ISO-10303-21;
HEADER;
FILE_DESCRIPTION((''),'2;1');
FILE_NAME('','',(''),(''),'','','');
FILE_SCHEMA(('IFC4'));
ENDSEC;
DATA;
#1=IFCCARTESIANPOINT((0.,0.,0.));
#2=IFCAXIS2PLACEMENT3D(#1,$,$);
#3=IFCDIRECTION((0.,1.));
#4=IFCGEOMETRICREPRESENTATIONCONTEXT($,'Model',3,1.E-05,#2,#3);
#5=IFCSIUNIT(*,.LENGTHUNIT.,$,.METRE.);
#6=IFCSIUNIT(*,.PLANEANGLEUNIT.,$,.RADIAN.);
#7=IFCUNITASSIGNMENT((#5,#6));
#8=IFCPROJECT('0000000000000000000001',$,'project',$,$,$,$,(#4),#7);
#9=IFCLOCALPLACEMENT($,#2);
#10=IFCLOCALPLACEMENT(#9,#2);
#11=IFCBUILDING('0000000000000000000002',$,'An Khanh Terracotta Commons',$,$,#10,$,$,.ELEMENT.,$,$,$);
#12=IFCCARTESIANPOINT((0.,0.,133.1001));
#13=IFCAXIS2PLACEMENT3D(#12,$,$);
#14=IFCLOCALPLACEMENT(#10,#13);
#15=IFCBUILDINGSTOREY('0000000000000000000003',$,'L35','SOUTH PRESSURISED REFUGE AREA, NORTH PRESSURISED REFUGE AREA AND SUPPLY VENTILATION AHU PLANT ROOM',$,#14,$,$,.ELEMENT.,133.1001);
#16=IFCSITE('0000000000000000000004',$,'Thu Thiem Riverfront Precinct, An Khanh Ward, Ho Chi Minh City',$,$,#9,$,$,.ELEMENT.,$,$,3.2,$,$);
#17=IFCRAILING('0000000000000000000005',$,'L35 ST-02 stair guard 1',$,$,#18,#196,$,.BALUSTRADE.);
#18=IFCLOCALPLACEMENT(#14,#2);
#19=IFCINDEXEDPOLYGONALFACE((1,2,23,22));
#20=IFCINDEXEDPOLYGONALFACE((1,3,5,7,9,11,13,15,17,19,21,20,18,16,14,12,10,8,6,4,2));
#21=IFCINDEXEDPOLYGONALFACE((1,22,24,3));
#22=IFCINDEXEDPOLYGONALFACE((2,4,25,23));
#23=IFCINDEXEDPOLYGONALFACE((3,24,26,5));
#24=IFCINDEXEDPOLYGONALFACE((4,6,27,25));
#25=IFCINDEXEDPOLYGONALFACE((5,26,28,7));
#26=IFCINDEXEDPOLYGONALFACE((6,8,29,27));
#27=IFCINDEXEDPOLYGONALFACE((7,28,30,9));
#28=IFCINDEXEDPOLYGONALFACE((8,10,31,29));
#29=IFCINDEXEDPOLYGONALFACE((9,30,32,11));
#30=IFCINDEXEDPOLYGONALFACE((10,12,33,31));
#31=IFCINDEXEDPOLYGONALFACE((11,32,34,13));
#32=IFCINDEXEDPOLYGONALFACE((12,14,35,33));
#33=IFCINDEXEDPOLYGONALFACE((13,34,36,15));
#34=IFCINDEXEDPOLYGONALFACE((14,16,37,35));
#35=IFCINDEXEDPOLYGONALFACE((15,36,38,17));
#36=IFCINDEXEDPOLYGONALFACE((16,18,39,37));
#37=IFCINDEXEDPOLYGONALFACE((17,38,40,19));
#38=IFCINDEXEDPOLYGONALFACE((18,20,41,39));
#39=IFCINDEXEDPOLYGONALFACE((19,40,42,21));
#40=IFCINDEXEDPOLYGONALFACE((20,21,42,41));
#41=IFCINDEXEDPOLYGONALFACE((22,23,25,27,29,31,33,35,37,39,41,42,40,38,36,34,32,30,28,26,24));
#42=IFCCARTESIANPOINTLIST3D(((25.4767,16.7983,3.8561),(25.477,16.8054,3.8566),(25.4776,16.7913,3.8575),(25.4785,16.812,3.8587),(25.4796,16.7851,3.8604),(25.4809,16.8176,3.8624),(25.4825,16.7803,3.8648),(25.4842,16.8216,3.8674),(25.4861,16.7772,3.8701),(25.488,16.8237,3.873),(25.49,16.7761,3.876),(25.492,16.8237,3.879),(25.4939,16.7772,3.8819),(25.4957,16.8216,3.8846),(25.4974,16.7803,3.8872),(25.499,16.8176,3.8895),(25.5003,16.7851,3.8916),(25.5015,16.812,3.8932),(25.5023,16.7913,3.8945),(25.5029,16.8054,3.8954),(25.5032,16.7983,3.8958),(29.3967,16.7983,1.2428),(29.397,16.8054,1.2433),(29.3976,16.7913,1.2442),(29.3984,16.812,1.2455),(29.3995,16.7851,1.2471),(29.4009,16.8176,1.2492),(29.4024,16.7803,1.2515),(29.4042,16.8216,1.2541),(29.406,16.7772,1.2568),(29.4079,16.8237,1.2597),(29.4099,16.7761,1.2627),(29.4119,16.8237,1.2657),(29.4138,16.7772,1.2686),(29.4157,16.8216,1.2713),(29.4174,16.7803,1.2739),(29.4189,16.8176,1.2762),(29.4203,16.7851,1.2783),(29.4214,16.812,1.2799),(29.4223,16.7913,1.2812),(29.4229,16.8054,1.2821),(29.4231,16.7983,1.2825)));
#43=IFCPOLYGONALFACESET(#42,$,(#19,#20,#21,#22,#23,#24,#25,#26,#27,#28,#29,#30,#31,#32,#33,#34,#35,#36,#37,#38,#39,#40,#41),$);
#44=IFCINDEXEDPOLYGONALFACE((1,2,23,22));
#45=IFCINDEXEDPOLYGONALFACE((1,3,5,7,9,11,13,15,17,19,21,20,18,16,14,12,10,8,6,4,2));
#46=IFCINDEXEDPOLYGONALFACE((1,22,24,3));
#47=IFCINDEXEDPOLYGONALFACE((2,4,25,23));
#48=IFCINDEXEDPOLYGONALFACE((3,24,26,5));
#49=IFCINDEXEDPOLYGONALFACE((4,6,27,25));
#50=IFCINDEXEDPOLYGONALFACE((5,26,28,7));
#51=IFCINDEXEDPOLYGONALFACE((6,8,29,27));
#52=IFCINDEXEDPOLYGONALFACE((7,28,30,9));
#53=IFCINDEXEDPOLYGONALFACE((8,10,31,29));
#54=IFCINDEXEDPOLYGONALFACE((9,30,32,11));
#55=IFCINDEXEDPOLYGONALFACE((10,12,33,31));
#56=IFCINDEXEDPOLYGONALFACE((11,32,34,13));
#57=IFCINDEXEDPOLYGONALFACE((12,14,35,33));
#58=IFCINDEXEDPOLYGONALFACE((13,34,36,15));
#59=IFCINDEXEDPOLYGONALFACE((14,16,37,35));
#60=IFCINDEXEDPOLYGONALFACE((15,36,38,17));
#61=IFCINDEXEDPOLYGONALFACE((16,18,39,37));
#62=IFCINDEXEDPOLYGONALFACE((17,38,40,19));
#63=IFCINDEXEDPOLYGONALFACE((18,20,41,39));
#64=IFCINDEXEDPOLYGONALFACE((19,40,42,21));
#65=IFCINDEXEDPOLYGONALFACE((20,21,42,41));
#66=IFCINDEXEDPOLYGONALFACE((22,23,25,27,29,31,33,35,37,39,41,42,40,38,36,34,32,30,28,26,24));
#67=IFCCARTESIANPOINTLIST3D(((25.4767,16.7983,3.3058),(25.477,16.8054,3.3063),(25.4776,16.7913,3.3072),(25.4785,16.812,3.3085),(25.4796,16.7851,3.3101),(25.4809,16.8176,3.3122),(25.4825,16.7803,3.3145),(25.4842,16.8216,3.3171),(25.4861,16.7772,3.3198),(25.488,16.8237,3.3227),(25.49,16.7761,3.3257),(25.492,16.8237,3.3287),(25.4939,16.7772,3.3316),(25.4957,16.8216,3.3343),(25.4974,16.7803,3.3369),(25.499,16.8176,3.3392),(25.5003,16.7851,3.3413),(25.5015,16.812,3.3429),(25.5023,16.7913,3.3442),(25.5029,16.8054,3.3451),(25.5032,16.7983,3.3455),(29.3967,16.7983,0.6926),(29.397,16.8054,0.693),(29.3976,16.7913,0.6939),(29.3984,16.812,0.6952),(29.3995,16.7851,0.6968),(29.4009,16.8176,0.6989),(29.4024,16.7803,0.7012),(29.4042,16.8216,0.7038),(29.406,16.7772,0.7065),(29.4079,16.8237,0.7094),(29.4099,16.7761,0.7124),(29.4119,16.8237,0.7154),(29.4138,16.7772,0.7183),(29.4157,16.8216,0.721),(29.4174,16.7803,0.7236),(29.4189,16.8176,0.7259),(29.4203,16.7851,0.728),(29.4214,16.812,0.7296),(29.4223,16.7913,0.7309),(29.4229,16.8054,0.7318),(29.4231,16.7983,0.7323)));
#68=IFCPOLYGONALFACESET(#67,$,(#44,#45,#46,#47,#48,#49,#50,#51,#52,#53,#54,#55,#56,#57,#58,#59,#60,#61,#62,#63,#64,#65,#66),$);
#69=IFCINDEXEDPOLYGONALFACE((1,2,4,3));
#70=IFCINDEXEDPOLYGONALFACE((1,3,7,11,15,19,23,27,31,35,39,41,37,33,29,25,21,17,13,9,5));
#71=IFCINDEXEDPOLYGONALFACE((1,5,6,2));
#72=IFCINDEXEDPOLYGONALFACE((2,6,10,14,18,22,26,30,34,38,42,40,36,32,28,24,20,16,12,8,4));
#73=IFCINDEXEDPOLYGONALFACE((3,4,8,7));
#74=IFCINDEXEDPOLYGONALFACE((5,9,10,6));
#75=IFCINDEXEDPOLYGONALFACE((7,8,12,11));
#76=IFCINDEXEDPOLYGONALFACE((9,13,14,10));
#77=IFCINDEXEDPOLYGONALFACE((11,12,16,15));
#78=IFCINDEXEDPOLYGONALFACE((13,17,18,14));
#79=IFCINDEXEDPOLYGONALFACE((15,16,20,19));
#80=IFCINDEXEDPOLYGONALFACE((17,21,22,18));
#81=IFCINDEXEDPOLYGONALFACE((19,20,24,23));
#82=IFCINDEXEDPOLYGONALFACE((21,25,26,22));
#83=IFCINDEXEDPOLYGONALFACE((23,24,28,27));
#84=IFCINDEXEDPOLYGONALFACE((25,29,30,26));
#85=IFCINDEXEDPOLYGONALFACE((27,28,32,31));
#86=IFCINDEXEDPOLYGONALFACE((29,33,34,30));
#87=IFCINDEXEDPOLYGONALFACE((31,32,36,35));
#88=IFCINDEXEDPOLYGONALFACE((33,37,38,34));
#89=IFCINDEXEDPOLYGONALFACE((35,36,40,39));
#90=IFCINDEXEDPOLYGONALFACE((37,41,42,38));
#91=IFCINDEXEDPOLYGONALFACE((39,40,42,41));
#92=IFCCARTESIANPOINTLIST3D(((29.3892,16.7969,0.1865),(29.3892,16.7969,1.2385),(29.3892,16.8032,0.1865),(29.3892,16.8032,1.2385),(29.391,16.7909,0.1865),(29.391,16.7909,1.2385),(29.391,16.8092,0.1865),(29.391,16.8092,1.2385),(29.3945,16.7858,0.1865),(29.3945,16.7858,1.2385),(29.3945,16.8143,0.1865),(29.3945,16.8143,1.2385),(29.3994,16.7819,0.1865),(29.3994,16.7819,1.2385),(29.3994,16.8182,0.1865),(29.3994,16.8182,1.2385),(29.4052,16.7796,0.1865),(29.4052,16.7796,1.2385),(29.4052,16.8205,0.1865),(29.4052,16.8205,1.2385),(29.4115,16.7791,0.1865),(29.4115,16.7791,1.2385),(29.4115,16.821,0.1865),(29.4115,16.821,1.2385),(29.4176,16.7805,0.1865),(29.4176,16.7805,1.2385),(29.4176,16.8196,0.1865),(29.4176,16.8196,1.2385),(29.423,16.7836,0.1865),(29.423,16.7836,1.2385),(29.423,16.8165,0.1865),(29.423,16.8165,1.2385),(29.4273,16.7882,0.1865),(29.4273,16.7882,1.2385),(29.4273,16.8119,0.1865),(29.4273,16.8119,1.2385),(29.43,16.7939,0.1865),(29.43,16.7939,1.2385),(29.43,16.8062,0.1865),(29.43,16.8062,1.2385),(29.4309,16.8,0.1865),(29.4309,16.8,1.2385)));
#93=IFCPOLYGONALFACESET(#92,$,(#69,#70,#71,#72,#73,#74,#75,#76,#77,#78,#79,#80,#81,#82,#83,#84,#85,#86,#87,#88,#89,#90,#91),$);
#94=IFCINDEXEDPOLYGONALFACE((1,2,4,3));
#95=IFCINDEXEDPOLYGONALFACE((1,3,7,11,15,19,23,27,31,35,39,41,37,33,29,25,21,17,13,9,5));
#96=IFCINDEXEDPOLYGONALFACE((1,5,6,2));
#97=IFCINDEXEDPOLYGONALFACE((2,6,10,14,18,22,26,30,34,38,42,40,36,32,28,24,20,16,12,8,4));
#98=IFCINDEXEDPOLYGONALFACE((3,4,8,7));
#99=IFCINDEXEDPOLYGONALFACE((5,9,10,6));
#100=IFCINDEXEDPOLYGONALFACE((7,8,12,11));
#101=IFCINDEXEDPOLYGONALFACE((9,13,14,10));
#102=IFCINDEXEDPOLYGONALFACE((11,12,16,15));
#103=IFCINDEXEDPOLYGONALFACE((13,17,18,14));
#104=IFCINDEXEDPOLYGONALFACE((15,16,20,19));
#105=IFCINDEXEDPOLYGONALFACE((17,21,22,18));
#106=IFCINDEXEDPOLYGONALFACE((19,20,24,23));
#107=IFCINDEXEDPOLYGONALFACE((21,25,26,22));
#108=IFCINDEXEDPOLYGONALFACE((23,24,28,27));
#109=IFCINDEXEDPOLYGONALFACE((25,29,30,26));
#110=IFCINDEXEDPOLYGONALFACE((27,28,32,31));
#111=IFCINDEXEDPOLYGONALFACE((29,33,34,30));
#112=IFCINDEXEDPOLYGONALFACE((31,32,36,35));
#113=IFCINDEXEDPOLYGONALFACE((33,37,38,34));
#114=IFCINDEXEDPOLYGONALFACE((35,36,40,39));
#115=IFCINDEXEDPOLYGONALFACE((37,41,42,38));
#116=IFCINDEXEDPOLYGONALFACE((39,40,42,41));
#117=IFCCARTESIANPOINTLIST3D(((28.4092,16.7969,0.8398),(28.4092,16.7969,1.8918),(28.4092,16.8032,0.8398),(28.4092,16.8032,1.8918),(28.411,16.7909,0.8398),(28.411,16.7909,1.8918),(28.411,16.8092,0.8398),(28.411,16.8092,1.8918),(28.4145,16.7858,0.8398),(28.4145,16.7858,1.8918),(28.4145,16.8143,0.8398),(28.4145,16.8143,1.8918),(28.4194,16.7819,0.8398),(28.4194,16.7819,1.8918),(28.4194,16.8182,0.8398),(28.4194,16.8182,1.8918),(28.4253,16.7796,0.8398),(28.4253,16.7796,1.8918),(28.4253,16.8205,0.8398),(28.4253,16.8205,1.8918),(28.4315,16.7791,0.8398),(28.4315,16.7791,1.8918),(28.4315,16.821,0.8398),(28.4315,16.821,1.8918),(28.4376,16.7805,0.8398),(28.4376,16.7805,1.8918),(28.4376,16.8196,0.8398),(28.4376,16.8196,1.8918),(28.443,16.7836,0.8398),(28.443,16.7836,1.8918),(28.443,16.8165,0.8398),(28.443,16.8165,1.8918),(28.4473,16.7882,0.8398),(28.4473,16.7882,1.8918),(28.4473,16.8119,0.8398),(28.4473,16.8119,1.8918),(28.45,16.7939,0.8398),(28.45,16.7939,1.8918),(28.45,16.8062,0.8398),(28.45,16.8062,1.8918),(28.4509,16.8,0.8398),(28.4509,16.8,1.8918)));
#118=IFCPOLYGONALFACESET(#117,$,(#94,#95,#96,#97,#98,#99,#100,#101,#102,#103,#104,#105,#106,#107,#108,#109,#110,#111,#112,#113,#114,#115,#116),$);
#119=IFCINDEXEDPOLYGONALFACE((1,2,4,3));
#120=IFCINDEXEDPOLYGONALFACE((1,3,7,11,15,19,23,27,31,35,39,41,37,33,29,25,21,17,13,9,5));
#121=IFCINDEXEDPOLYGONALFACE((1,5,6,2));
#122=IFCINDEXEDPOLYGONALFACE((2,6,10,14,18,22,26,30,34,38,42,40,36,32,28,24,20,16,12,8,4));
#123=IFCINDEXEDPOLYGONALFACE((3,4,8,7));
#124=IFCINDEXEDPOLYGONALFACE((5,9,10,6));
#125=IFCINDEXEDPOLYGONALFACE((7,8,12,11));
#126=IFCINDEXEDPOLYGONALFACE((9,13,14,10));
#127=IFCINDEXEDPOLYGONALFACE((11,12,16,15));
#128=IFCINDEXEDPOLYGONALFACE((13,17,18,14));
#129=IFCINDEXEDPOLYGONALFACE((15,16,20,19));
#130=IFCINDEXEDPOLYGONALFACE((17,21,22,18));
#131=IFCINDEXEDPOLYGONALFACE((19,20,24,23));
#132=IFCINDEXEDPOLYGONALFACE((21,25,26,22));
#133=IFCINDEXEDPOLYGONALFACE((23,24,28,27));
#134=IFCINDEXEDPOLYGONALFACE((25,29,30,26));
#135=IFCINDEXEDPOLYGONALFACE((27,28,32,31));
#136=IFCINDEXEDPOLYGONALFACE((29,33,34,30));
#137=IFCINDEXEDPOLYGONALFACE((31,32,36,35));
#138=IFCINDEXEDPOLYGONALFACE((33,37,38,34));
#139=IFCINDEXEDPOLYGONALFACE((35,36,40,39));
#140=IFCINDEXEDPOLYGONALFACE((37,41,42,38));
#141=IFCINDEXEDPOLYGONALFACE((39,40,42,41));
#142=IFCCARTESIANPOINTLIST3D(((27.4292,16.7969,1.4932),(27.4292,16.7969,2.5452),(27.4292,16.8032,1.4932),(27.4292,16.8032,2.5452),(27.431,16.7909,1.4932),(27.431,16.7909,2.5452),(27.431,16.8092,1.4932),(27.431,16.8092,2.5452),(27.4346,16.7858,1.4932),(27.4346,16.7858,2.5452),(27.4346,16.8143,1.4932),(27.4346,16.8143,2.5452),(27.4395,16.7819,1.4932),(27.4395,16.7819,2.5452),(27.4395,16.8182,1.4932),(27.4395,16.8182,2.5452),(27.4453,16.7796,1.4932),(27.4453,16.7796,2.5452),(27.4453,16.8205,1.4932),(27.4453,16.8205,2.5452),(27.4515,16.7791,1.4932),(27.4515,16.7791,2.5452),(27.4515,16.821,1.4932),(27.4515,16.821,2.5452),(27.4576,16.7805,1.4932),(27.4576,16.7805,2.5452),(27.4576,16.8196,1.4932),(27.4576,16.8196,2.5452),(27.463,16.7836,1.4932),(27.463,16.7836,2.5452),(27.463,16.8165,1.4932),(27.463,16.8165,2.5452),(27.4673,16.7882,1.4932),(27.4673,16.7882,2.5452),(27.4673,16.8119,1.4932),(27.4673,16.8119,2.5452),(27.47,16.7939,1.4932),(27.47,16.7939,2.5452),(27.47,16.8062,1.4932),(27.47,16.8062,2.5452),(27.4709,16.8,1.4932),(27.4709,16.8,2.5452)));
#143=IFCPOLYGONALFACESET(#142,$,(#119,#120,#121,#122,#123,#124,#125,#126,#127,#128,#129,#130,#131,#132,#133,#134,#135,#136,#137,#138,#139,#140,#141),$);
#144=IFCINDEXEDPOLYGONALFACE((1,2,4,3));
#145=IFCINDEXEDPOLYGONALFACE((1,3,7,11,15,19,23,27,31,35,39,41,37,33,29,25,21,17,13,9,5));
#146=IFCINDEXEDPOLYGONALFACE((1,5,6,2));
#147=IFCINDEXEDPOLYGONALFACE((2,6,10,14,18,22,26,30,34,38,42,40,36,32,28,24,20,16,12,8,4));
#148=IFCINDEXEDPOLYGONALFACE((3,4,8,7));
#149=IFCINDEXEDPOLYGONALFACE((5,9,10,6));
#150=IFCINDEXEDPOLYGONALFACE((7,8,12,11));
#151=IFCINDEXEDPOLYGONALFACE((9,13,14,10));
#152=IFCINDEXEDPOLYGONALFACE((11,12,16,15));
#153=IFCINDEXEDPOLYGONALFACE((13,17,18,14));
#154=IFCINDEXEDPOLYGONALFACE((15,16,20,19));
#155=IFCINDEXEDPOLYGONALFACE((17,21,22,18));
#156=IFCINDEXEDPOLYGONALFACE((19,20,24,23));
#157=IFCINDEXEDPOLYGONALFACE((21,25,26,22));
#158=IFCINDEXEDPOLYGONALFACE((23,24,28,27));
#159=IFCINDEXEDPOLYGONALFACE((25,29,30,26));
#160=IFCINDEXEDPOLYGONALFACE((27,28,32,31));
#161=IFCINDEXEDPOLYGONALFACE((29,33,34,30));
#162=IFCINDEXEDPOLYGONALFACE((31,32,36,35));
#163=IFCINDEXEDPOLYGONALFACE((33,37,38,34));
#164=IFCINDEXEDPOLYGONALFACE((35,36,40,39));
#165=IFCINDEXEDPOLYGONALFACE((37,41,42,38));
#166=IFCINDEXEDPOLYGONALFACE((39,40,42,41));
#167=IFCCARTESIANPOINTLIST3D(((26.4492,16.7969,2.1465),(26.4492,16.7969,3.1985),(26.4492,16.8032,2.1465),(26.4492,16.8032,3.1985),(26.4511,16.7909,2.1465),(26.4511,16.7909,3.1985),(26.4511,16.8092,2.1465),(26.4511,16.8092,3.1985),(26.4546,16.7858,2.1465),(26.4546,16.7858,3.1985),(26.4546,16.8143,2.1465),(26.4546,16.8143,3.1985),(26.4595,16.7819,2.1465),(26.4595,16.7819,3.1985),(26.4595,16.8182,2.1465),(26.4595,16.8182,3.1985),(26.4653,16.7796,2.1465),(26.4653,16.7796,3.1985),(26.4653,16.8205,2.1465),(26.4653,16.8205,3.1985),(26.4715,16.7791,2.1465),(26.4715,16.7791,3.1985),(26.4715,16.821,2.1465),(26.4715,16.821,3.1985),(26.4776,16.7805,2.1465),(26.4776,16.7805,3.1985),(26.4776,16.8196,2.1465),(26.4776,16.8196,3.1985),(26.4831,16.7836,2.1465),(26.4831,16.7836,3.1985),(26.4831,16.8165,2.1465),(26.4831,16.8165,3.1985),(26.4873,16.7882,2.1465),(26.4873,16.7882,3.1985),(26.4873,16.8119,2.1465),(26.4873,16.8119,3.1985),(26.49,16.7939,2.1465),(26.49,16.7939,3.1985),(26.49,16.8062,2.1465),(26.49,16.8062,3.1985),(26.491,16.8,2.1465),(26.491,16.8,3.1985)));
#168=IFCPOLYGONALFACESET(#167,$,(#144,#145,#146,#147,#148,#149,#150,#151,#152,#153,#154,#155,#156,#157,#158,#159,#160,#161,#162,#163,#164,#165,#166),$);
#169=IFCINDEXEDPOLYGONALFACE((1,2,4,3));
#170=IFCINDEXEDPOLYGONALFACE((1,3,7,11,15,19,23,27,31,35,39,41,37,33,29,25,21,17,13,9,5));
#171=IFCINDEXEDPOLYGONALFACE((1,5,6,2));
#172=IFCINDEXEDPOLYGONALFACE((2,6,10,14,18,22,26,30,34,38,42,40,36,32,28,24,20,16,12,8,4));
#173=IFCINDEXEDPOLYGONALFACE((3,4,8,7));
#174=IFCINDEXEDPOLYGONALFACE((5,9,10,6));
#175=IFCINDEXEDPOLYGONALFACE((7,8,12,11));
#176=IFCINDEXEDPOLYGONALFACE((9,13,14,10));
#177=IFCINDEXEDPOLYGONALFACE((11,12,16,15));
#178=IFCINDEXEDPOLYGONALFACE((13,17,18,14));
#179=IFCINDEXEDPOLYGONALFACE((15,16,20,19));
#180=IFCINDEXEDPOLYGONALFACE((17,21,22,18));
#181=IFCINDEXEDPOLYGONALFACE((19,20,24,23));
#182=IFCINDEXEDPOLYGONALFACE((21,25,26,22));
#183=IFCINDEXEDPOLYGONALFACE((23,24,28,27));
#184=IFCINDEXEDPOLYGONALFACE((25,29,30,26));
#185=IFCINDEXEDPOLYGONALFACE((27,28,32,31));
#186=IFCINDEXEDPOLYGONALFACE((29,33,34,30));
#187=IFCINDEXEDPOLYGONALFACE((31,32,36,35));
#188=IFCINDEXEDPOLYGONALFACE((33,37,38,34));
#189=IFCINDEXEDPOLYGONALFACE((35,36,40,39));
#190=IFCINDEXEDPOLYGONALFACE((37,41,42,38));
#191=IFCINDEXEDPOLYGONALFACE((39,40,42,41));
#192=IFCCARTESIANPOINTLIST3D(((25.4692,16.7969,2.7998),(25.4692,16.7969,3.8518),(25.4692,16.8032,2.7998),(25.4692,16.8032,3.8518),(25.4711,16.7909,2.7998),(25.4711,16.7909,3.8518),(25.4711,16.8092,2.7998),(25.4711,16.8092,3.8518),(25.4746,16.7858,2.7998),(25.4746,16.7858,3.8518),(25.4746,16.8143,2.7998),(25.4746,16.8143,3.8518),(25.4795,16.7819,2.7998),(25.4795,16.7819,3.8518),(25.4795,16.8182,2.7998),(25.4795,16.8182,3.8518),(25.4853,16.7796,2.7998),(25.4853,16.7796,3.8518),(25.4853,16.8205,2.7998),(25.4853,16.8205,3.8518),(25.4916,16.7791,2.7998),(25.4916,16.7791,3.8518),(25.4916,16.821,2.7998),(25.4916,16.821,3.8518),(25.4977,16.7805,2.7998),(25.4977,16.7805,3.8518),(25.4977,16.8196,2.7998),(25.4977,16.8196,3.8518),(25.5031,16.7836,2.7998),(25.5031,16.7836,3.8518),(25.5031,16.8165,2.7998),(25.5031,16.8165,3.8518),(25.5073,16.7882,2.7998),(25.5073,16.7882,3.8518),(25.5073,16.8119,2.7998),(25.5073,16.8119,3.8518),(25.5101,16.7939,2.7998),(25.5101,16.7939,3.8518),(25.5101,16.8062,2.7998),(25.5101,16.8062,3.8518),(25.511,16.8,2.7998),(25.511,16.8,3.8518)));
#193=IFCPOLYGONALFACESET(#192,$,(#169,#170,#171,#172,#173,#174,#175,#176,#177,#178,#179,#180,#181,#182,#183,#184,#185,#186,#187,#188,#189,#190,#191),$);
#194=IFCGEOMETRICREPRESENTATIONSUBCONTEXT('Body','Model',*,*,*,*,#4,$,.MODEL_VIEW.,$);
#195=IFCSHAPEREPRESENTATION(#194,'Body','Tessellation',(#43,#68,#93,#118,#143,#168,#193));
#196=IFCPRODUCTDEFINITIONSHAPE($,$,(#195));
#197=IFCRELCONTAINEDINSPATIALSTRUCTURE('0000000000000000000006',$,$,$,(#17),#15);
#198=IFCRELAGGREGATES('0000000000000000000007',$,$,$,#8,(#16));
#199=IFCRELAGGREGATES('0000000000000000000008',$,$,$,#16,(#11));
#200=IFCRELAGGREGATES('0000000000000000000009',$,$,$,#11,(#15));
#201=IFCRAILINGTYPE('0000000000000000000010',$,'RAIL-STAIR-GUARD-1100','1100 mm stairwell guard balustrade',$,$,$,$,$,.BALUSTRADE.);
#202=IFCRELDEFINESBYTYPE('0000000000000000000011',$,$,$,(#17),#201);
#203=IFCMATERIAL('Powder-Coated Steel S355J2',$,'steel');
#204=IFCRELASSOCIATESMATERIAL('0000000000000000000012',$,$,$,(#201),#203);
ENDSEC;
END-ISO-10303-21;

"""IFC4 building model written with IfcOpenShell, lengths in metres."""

from ifc_helpers import new_model, si_unit, direction, frame, origin, origin_2d, place, context, subcontext, project, spatial, circle, extrude, material, type_object, element, save


model = new_model("IFC4")

# Units and contexts
model_context = context("Model", 3, precision=1e-05, world=origin(), true_north=direction((0.0, 1.0)))
body_context = subcontext(model_context, "Body", "Model", "MODEL_VIEW")
ifc_project = project(units=[si_unit("LENGTHUNIT", "METRE"), si_unit("PLANEANGLEUNIT", "RADIAN")], contexts=[model_context])

# Site, building, storey
site_placement = place(None, origin())
site = spatial("IfcSite", under=ifc_project, at=site_placement, Name="Thu Thiem Riverfront Precinct, An Khanh Ward, Ho Chi Minh City", CompositionType="ELEMENT", RefElevation=3.2)
building_placement = place(site_placement, origin())
building = spatial("IfcBuilding", under=site, at=building_placement, Name="An Khanh Terracotta Commons", CompositionType="ELEMENT")
storey_placement = place(building_placement, frame((0.0, 0.0, 133.1001)))
storey = spatial("IfcBuildingStorey", under=building, at=storey_placement, Name="L35", Description="SOUTH PRESSURISED REFUGE AREA, NORTH PRESSURISED REFUGE AREA AND SUPPLY VENTILATION AHU PLANT ROOM", CompositionType="ELEMENT", Elevation=133.1001)

# Railing
ifc_material_1 = material(Name="Powder-Coated Steel S355J2", Category="steel")
railing_type_1 = type_object("IfcRailingType", Name="RAIL-STAIR-GUARD-1100", Description="1100 mm stairwell guard balustrade", PredefinedType="BALUSTRADE", material=ifc_material_1)
railing_1_placement = place(storey_placement, frame((29.4099, 16.8, 0.1865)))
element("IfcRailing", 1, at=railing_1_placement, inside=storey, type_object=railing_type_1, Name="L35 ST-02 stair guard 1", PredefinedType="BALUSTRADE", context=body_context, shape_type="SweptSolid", body=[
    extrude(circle(Radius=0.0239, at=origin_2d()), frame((0.0, 0.0, 1.0762), z_axis=(-0.83205, 0.0, 0.5547), x_axis=(0.0, -1.0, 0.0)), (0.0, 0.0, 1.0), 4.7112),
    extrude(circle(Radius=0.0239, at=origin_2d()), frame((0.0, 0.0, 0.5259), z_axis=(-0.83205, 0.0, 0.5547), x_axis=(0.0, -1.0, 0.0)), (0.0, 0.0, 1.0), 4.7112),
    extrude(circle(Radius=0.021, at=origin_2d()), origin(), (0.0, 0.0, 1.0), 1.052),
    extrude(circle(Radius=0.021, at=origin_2d()), frame((-0.98, 0.0, 0.6533)), (0.0, 0.0, 1.0), 1.052),
    extrude(circle(Radius=0.021, at=origin_2d()), frame((-1.96, 0.0, 1.3066)), (0.0, 0.0, 1.0), 1.052),
    extrude(circle(Radius=0.021, at=origin_2d()), frame((-2.9399, 0.0, 1.96)), (0.0, 0.0, 1.0), 1.052),
    extrude(circle(Radius=0.021, at=origin_2d()), frame((-3.9199, 0.0, 2.6133)), (0.0, 0.0, 1.0), 1.052),
])

save(model, "model.ifc")
